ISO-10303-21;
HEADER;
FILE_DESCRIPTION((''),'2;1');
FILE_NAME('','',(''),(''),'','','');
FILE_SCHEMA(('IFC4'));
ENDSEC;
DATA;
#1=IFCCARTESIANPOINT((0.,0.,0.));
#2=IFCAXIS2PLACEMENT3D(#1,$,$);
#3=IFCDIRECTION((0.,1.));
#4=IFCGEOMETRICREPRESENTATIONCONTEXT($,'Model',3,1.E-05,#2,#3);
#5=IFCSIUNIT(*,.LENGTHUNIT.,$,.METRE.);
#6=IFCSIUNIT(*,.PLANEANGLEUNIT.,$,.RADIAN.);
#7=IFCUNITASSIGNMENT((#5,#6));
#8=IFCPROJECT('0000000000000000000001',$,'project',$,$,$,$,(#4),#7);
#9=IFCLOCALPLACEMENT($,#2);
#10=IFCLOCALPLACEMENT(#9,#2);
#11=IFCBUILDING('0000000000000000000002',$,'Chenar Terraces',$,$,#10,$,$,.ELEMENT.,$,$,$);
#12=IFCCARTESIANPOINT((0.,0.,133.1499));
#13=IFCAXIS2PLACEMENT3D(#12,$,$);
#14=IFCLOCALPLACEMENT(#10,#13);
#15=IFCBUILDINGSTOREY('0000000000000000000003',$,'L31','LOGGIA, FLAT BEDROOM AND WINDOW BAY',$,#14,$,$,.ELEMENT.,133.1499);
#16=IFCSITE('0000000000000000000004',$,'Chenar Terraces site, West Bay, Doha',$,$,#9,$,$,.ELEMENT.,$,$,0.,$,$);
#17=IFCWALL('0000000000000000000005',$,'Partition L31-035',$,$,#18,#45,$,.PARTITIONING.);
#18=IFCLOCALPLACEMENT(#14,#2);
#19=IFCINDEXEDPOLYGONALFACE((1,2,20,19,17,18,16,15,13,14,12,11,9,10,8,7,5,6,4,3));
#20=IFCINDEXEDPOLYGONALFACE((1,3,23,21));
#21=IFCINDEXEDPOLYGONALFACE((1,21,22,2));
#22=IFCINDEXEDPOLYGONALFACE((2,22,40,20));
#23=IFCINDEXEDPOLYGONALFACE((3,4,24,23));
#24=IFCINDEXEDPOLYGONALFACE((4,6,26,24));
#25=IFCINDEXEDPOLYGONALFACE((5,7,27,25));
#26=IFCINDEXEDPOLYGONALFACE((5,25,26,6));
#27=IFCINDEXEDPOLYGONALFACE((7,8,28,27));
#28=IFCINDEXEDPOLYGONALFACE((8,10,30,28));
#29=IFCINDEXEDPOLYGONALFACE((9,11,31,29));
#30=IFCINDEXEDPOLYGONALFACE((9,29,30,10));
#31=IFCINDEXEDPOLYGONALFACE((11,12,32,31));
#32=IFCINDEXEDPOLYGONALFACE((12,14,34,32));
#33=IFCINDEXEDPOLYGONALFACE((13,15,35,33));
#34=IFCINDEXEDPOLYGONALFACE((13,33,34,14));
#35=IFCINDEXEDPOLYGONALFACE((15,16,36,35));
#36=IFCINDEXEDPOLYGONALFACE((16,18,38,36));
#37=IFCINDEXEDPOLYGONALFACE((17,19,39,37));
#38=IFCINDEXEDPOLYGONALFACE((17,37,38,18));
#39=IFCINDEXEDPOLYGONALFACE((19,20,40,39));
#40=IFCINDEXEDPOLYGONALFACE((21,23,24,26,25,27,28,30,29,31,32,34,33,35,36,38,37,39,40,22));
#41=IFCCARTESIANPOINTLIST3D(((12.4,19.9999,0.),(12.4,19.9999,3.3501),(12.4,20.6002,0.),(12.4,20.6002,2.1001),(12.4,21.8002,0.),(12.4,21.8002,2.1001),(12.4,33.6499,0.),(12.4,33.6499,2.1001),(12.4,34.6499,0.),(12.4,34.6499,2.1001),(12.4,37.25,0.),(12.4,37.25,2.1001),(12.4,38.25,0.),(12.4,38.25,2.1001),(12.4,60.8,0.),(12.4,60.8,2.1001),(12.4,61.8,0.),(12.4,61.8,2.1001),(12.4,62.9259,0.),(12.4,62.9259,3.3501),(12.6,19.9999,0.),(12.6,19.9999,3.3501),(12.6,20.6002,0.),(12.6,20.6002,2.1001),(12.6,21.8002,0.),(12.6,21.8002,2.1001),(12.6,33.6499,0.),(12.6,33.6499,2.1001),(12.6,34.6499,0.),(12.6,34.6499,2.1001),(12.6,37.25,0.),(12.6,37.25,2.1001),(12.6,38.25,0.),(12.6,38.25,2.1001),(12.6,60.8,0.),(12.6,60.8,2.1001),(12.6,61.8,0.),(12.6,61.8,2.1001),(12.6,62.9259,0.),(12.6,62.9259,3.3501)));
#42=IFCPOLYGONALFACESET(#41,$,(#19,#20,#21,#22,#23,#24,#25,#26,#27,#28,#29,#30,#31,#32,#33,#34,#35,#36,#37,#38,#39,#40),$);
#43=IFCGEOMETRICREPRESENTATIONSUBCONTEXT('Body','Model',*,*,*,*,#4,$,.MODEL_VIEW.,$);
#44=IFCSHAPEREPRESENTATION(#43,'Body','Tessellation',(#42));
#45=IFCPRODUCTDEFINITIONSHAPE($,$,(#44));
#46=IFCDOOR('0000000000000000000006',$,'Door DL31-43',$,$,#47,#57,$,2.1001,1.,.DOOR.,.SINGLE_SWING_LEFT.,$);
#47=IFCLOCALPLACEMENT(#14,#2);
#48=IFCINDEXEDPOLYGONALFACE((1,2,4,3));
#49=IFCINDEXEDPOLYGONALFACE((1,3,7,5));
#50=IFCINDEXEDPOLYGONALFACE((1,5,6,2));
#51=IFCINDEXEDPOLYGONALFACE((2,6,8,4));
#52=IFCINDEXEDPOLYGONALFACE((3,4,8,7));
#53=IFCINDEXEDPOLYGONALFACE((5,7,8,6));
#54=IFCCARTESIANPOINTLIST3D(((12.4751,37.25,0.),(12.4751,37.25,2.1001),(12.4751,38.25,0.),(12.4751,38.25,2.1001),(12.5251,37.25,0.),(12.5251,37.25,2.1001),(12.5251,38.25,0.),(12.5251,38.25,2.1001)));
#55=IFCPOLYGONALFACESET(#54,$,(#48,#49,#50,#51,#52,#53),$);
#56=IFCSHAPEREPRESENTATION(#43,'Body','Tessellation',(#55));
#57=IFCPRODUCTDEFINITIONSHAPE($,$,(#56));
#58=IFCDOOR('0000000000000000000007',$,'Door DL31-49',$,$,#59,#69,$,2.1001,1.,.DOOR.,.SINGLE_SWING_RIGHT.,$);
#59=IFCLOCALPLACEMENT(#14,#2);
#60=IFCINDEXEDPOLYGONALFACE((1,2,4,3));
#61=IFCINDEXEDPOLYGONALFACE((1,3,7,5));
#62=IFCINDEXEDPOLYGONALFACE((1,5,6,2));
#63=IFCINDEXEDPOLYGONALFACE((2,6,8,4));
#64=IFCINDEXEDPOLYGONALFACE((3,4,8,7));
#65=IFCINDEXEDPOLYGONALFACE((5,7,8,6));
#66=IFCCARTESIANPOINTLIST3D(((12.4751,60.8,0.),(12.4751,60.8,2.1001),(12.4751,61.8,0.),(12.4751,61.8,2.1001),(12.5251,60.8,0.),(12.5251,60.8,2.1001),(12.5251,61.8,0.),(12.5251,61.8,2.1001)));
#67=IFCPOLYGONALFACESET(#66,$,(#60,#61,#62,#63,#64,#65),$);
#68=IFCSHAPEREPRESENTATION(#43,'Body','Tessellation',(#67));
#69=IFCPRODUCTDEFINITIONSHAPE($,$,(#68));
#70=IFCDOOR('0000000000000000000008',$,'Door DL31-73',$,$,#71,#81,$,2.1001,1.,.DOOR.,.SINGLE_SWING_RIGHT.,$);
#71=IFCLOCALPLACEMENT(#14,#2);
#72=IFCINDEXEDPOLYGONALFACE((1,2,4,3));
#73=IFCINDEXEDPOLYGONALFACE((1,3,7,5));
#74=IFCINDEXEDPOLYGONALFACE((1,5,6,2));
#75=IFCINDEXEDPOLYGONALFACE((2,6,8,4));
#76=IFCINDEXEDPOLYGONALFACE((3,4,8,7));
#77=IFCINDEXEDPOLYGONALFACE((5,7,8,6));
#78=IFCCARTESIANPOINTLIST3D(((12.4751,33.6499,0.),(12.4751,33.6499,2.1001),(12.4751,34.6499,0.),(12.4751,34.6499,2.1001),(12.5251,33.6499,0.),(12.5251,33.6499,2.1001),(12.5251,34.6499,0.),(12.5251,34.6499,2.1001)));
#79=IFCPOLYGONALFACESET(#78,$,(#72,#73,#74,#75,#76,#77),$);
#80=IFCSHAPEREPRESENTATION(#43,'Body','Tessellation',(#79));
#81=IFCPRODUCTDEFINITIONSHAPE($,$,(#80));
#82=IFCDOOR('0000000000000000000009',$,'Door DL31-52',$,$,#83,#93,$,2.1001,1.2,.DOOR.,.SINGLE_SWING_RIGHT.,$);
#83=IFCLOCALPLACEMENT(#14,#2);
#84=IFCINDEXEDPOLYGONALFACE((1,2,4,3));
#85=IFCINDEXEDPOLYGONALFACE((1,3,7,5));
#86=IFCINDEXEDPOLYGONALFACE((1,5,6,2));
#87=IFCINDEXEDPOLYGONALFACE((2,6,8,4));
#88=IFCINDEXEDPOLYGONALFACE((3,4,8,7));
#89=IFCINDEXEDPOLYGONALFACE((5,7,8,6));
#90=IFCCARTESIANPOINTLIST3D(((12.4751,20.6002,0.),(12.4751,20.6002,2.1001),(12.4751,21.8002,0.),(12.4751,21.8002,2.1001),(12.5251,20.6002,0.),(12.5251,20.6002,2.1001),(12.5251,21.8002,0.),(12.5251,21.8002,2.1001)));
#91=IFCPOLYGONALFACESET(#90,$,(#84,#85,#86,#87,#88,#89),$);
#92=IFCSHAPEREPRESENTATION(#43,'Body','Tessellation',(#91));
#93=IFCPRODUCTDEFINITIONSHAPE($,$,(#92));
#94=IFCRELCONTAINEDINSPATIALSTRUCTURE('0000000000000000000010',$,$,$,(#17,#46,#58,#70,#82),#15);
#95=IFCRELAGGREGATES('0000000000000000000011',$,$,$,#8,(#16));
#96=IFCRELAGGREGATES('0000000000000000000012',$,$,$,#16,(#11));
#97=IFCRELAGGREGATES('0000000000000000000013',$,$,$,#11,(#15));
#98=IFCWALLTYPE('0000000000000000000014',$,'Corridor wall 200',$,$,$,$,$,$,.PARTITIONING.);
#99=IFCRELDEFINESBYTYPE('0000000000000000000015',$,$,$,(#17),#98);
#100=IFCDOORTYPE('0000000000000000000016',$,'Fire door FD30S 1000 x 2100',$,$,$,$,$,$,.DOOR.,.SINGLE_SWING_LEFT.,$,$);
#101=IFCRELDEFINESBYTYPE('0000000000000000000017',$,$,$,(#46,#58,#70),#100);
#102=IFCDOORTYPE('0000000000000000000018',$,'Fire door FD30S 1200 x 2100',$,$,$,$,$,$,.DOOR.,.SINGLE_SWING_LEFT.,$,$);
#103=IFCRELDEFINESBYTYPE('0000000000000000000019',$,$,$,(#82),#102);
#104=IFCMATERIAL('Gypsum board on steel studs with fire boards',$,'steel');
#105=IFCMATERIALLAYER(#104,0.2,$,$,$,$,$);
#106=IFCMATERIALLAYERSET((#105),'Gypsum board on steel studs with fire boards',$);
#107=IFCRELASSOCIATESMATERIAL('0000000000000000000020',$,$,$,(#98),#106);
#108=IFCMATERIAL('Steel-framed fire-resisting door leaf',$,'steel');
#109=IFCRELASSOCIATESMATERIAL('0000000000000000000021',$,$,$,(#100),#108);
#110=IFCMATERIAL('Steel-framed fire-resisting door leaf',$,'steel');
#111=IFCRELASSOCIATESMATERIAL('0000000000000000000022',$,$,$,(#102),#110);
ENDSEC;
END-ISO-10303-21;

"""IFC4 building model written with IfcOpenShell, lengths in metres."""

from ifc_helpers import new_model, si_unit, direction, frame, frame_2d, origin, place, context, subcontext, project, spatial, rectangle, extrude, material, layer, layer_set, type_object, element, fill, save


model = new_model("IFC4")

# Units and contexts
model_context = context("Model", 3, precision=1e-05, world=origin(), true_north=direction((0.0, 1.0)))
body_context = subcontext(model_context, "Body", "Model", "MODEL_VIEW")
ifc_project = project(units=[si_unit("LENGTHUNIT", "METRE"), si_unit("PLANEANGLEUNIT", "RADIAN")], contexts=[model_context])

# Site, building, storey
site_placement = place(None, origin())
site = spatial("IfcSite", under=ifc_project, at=site_placement, Name="Chenar Terraces site, West Bay, Doha", CompositionType="ELEMENT", RefElevation=0.0)
building_placement = place(site_placement, origin())
building = spatial("IfcBuilding", under=site, at=building_placement, Name="Chenar Terraces", CompositionType="ELEMENT")
storey_placement = place(building_placement, frame((0.0, 0.0, 133.1499)))
storey = spatial("IfcBuildingStorey", under=building, at=storey_placement, Name="L31", Description="LOGGIA, FLAT BEDROOM AND WINDOW BAY", CompositionType="ELEMENT", Elevation=133.1499)

# Wall, openings, doors
ifc_material_1 = material(Name="Gypsum board on steel studs with fire boards", Category="steel")
ifc_layer_1 = layer(ifc_material_1, 0.2)
ifc_layer_set_1 = layer_set([ifc_layer_1], Name="Gypsum board on steel studs with fire boards")
wall_type_1 = type_object("IfcWallType", Name="Corridor wall 200", PredefinedType="PARTITIONING", material=ifc_layer_set_1)
wall_1_placement = place(storey_placement, frame((12.5, 20.0, 0.0), z_axis=(0.0, 0.0, 1.0), x_axis=(0.0, 1.0, 0.0)))
wall_1 = element("IfcWall", 1, at=wall_1_placement, inside=storey, type_object=wall_type_1, Name="Partition L31-035", PredefinedType="PARTITIONING", context=body_context, shape_type="SweptSolid", body=[
    extrude(rectangle(XDim=42.926, YDim=0.2, at=frame_2d((21.4629, 0.0))), origin(), (0.0, 0.0, 1.0), 3.3501),
])
opening_1_placement = place(wall_1_placement, frame((17.25, 0.0, 0.0)))
opening_1 = element("IfcOpeningElement", 2, at=opening_1_placement, cuts=wall_1, PredefinedType="OPENING", context=body_context, shape_type="SweptSolid", body=[
    extrude(rectangle(XDim=1.0, YDim=2.1001, at=frame_2d((0.5, 1.05))), frame((0.0, 0.1099, 0.0), z_axis=(0.0, -1.0, 0.0), x_axis=(1.0, 0.0, 0.0)), (0.0, 0.0, 1.0), 0.22),
])
opening_2_placement = place(wall_1_placement, frame((40.8, 0.0, 0.0)))
opening_2 = element("IfcOpeningElement", 3, at=opening_2_placement, cuts=wall_1, PredefinedType="OPENING", context=body_context, shape_type="SweptSolid", body=[
    extrude(rectangle(XDim=1.0, YDim=2.1001, at=frame_2d((0.5, 1.05))), frame((0.0, 0.1099, 0.0), z_axis=(0.0, -1.0, 0.0), x_axis=(1.0, 0.0, 0.0)), (0.0, 0.0, 1.0), 0.22),
])
opening_3_placement = place(wall_1_placement, frame((0.6001, 0.0, 0.0)))
opening_3 = element("IfcOpeningElement", 4, at=opening_3_placement, cuts=wall_1, PredefinedType="OPENING", context=body_context, shape_type="SweptSolid", body=[
    extrude(rectangle(XDim=1.2, YDim=2.1001, at=frame_2d((0.6001, 1.05))), frame((0.0, 0.1099, 0.0), z_axis=(0.0, -1.0, 0.0), x_axis=(1.0, 0.0, 0.0)), (0.0, 0.0, 1.0), 0.22),
])
opening_4_placement = place(wall_1_placement, frame((13.6499, 0.0, 0.0)))
opening_4 = element("IfcOpeningElement", 5, at=opening_4_placement, cuts=wall_1, PredefinedType="OPENING", context=body_context, shape_type="SweptSolid", body=[
    extrude(rectangle(XDim=1.0, YDim=2.1001, at=frame_2d((0.5, 1.05))), frame((0.0, 0.1099, 0.0), z_axis=(0.0, -1.0, 0.0), x_axis=(1.0, 0.0, 0.0)), (0.0, 0.0, 1.0), 0.22),
])
ifc_material_2 = material(Name="Steel-framed fire-resisting door leaf", Category="steel")
door_type_1 = type_object("IfcDoorType", Name="Fire door FD30S 1000 x 2100", OperationType="SINGLE_SWING_LEFT", PredefinedType="DOOR", material=ifc_material_2)
door_1_placement = place(opening_1_placement, origin())
door_1 = element("IfcDoor", 6, at=door_1_placement, inside=storey, type_object=door_type_1, Name="Door DL31-43", OperationType="SINGLE_SWING_LEFT", OverallHeight=2.1001, OverallWidth=1.0, PredefinedType="DOOR", context=body_context, shape_type="SweptSolid", body=[
    extrude(rectangle(XDim=1.0, YDim=2.1001, at=frame_2d((0.5, 1.05))), frame((0.0, 0.0249, 0.0), z_axis=(0.0, -1.0, 0.0), x_axis=(1.0, 0.0, 0.0)), (0.0, 0.0, 1.0), 0.05),
])
fill(opening_1, door_1)
door_2_placement = place(opening_2_placement, origin())
door_2 = element("IfcDoor", 7, at=door_2_placement, inside=storey, type_object=door_type_1, Name="Door DL31-49", OperationType="SINGLE_SWING_RIGHT", OverallHeight=2.1001, OverallWidth=1.0, PredefinedType="DOOR", context=body_context, shape_type="SweptSolid", body=[
    extrude(rectangle(XDim=1.0, YDim=2.1001, at=frame_2d((0.5, 1.05))), frame((0.0, 0.0249, 0.0), z_axis=(0.0, -1.0, 0.0), x_axis=(1.0, 0.0, 0.0)), (0.0, 0.0, 1.0), 0.05),
])
fill(opening_2, door_2)
door_3_placement = place(opening_4_placement, origin())
door_3 = element("IfcDoor", 8, at=door_3_placement, inside=storey, type_object=door_type_1, Name="Door DL31-73", OperationType="SINGLE_SWING_RIGHT", OverallHeight=2.1001, OverallWidth=1.0, PredefinedType="DOOR", context=body_context, shape_type="SweptSolid", body=[
    extrude(rectangle(XDim=1.0, YDim=2.1001, at=frame_2d((0.5, 1.05))), frame((0.0, 0.0249, 0.0), z_axis=(0.0, -1.0, 0.0), x_axis=(1.0, 0.0, 0.0)), (0.0, 0.0, 1.0), 0.05),
])
fill(opening_4, door_3)
ifc_material_3 = material(Name="Steel-framed fire-resisting door leaf", Category="steel")
door_type_2 = type_object("IfcDoorType", Name="Fire door FD30S 1200 x 2100", OperationType="SINGLE_SWING_LEFT", PredefinedType="DOOR", material=ifc_material_3)
door_4_placement = place(opening_3_placement, origin())
door_4 = element("IfcDoor", 9, at=door_4_placement, inside=storey, type_object=door_type_2, Name="Door DL31-52", OperationType="SINGLE_SWING_RIGHT", OverallHeight=2.1001, OverallWidth=1.2, PredefinedType="DOOR", context=body_context, shape_type="SweptSolid", body=[
    extrude(rectangle(XDim=1.2, YDim=2.1001, at=frame_2d((0.6001, 1.05))), frame((0.0, 0.0249, 0.0), z_axis=(0.0, -1.0, 0.0), x_axis=(1.0, 0.0, 0.0)), (0.0, 0.0, 1.0), 0.05),
])
fill(opening_3, door_4)

save(model, "model.ifc")
